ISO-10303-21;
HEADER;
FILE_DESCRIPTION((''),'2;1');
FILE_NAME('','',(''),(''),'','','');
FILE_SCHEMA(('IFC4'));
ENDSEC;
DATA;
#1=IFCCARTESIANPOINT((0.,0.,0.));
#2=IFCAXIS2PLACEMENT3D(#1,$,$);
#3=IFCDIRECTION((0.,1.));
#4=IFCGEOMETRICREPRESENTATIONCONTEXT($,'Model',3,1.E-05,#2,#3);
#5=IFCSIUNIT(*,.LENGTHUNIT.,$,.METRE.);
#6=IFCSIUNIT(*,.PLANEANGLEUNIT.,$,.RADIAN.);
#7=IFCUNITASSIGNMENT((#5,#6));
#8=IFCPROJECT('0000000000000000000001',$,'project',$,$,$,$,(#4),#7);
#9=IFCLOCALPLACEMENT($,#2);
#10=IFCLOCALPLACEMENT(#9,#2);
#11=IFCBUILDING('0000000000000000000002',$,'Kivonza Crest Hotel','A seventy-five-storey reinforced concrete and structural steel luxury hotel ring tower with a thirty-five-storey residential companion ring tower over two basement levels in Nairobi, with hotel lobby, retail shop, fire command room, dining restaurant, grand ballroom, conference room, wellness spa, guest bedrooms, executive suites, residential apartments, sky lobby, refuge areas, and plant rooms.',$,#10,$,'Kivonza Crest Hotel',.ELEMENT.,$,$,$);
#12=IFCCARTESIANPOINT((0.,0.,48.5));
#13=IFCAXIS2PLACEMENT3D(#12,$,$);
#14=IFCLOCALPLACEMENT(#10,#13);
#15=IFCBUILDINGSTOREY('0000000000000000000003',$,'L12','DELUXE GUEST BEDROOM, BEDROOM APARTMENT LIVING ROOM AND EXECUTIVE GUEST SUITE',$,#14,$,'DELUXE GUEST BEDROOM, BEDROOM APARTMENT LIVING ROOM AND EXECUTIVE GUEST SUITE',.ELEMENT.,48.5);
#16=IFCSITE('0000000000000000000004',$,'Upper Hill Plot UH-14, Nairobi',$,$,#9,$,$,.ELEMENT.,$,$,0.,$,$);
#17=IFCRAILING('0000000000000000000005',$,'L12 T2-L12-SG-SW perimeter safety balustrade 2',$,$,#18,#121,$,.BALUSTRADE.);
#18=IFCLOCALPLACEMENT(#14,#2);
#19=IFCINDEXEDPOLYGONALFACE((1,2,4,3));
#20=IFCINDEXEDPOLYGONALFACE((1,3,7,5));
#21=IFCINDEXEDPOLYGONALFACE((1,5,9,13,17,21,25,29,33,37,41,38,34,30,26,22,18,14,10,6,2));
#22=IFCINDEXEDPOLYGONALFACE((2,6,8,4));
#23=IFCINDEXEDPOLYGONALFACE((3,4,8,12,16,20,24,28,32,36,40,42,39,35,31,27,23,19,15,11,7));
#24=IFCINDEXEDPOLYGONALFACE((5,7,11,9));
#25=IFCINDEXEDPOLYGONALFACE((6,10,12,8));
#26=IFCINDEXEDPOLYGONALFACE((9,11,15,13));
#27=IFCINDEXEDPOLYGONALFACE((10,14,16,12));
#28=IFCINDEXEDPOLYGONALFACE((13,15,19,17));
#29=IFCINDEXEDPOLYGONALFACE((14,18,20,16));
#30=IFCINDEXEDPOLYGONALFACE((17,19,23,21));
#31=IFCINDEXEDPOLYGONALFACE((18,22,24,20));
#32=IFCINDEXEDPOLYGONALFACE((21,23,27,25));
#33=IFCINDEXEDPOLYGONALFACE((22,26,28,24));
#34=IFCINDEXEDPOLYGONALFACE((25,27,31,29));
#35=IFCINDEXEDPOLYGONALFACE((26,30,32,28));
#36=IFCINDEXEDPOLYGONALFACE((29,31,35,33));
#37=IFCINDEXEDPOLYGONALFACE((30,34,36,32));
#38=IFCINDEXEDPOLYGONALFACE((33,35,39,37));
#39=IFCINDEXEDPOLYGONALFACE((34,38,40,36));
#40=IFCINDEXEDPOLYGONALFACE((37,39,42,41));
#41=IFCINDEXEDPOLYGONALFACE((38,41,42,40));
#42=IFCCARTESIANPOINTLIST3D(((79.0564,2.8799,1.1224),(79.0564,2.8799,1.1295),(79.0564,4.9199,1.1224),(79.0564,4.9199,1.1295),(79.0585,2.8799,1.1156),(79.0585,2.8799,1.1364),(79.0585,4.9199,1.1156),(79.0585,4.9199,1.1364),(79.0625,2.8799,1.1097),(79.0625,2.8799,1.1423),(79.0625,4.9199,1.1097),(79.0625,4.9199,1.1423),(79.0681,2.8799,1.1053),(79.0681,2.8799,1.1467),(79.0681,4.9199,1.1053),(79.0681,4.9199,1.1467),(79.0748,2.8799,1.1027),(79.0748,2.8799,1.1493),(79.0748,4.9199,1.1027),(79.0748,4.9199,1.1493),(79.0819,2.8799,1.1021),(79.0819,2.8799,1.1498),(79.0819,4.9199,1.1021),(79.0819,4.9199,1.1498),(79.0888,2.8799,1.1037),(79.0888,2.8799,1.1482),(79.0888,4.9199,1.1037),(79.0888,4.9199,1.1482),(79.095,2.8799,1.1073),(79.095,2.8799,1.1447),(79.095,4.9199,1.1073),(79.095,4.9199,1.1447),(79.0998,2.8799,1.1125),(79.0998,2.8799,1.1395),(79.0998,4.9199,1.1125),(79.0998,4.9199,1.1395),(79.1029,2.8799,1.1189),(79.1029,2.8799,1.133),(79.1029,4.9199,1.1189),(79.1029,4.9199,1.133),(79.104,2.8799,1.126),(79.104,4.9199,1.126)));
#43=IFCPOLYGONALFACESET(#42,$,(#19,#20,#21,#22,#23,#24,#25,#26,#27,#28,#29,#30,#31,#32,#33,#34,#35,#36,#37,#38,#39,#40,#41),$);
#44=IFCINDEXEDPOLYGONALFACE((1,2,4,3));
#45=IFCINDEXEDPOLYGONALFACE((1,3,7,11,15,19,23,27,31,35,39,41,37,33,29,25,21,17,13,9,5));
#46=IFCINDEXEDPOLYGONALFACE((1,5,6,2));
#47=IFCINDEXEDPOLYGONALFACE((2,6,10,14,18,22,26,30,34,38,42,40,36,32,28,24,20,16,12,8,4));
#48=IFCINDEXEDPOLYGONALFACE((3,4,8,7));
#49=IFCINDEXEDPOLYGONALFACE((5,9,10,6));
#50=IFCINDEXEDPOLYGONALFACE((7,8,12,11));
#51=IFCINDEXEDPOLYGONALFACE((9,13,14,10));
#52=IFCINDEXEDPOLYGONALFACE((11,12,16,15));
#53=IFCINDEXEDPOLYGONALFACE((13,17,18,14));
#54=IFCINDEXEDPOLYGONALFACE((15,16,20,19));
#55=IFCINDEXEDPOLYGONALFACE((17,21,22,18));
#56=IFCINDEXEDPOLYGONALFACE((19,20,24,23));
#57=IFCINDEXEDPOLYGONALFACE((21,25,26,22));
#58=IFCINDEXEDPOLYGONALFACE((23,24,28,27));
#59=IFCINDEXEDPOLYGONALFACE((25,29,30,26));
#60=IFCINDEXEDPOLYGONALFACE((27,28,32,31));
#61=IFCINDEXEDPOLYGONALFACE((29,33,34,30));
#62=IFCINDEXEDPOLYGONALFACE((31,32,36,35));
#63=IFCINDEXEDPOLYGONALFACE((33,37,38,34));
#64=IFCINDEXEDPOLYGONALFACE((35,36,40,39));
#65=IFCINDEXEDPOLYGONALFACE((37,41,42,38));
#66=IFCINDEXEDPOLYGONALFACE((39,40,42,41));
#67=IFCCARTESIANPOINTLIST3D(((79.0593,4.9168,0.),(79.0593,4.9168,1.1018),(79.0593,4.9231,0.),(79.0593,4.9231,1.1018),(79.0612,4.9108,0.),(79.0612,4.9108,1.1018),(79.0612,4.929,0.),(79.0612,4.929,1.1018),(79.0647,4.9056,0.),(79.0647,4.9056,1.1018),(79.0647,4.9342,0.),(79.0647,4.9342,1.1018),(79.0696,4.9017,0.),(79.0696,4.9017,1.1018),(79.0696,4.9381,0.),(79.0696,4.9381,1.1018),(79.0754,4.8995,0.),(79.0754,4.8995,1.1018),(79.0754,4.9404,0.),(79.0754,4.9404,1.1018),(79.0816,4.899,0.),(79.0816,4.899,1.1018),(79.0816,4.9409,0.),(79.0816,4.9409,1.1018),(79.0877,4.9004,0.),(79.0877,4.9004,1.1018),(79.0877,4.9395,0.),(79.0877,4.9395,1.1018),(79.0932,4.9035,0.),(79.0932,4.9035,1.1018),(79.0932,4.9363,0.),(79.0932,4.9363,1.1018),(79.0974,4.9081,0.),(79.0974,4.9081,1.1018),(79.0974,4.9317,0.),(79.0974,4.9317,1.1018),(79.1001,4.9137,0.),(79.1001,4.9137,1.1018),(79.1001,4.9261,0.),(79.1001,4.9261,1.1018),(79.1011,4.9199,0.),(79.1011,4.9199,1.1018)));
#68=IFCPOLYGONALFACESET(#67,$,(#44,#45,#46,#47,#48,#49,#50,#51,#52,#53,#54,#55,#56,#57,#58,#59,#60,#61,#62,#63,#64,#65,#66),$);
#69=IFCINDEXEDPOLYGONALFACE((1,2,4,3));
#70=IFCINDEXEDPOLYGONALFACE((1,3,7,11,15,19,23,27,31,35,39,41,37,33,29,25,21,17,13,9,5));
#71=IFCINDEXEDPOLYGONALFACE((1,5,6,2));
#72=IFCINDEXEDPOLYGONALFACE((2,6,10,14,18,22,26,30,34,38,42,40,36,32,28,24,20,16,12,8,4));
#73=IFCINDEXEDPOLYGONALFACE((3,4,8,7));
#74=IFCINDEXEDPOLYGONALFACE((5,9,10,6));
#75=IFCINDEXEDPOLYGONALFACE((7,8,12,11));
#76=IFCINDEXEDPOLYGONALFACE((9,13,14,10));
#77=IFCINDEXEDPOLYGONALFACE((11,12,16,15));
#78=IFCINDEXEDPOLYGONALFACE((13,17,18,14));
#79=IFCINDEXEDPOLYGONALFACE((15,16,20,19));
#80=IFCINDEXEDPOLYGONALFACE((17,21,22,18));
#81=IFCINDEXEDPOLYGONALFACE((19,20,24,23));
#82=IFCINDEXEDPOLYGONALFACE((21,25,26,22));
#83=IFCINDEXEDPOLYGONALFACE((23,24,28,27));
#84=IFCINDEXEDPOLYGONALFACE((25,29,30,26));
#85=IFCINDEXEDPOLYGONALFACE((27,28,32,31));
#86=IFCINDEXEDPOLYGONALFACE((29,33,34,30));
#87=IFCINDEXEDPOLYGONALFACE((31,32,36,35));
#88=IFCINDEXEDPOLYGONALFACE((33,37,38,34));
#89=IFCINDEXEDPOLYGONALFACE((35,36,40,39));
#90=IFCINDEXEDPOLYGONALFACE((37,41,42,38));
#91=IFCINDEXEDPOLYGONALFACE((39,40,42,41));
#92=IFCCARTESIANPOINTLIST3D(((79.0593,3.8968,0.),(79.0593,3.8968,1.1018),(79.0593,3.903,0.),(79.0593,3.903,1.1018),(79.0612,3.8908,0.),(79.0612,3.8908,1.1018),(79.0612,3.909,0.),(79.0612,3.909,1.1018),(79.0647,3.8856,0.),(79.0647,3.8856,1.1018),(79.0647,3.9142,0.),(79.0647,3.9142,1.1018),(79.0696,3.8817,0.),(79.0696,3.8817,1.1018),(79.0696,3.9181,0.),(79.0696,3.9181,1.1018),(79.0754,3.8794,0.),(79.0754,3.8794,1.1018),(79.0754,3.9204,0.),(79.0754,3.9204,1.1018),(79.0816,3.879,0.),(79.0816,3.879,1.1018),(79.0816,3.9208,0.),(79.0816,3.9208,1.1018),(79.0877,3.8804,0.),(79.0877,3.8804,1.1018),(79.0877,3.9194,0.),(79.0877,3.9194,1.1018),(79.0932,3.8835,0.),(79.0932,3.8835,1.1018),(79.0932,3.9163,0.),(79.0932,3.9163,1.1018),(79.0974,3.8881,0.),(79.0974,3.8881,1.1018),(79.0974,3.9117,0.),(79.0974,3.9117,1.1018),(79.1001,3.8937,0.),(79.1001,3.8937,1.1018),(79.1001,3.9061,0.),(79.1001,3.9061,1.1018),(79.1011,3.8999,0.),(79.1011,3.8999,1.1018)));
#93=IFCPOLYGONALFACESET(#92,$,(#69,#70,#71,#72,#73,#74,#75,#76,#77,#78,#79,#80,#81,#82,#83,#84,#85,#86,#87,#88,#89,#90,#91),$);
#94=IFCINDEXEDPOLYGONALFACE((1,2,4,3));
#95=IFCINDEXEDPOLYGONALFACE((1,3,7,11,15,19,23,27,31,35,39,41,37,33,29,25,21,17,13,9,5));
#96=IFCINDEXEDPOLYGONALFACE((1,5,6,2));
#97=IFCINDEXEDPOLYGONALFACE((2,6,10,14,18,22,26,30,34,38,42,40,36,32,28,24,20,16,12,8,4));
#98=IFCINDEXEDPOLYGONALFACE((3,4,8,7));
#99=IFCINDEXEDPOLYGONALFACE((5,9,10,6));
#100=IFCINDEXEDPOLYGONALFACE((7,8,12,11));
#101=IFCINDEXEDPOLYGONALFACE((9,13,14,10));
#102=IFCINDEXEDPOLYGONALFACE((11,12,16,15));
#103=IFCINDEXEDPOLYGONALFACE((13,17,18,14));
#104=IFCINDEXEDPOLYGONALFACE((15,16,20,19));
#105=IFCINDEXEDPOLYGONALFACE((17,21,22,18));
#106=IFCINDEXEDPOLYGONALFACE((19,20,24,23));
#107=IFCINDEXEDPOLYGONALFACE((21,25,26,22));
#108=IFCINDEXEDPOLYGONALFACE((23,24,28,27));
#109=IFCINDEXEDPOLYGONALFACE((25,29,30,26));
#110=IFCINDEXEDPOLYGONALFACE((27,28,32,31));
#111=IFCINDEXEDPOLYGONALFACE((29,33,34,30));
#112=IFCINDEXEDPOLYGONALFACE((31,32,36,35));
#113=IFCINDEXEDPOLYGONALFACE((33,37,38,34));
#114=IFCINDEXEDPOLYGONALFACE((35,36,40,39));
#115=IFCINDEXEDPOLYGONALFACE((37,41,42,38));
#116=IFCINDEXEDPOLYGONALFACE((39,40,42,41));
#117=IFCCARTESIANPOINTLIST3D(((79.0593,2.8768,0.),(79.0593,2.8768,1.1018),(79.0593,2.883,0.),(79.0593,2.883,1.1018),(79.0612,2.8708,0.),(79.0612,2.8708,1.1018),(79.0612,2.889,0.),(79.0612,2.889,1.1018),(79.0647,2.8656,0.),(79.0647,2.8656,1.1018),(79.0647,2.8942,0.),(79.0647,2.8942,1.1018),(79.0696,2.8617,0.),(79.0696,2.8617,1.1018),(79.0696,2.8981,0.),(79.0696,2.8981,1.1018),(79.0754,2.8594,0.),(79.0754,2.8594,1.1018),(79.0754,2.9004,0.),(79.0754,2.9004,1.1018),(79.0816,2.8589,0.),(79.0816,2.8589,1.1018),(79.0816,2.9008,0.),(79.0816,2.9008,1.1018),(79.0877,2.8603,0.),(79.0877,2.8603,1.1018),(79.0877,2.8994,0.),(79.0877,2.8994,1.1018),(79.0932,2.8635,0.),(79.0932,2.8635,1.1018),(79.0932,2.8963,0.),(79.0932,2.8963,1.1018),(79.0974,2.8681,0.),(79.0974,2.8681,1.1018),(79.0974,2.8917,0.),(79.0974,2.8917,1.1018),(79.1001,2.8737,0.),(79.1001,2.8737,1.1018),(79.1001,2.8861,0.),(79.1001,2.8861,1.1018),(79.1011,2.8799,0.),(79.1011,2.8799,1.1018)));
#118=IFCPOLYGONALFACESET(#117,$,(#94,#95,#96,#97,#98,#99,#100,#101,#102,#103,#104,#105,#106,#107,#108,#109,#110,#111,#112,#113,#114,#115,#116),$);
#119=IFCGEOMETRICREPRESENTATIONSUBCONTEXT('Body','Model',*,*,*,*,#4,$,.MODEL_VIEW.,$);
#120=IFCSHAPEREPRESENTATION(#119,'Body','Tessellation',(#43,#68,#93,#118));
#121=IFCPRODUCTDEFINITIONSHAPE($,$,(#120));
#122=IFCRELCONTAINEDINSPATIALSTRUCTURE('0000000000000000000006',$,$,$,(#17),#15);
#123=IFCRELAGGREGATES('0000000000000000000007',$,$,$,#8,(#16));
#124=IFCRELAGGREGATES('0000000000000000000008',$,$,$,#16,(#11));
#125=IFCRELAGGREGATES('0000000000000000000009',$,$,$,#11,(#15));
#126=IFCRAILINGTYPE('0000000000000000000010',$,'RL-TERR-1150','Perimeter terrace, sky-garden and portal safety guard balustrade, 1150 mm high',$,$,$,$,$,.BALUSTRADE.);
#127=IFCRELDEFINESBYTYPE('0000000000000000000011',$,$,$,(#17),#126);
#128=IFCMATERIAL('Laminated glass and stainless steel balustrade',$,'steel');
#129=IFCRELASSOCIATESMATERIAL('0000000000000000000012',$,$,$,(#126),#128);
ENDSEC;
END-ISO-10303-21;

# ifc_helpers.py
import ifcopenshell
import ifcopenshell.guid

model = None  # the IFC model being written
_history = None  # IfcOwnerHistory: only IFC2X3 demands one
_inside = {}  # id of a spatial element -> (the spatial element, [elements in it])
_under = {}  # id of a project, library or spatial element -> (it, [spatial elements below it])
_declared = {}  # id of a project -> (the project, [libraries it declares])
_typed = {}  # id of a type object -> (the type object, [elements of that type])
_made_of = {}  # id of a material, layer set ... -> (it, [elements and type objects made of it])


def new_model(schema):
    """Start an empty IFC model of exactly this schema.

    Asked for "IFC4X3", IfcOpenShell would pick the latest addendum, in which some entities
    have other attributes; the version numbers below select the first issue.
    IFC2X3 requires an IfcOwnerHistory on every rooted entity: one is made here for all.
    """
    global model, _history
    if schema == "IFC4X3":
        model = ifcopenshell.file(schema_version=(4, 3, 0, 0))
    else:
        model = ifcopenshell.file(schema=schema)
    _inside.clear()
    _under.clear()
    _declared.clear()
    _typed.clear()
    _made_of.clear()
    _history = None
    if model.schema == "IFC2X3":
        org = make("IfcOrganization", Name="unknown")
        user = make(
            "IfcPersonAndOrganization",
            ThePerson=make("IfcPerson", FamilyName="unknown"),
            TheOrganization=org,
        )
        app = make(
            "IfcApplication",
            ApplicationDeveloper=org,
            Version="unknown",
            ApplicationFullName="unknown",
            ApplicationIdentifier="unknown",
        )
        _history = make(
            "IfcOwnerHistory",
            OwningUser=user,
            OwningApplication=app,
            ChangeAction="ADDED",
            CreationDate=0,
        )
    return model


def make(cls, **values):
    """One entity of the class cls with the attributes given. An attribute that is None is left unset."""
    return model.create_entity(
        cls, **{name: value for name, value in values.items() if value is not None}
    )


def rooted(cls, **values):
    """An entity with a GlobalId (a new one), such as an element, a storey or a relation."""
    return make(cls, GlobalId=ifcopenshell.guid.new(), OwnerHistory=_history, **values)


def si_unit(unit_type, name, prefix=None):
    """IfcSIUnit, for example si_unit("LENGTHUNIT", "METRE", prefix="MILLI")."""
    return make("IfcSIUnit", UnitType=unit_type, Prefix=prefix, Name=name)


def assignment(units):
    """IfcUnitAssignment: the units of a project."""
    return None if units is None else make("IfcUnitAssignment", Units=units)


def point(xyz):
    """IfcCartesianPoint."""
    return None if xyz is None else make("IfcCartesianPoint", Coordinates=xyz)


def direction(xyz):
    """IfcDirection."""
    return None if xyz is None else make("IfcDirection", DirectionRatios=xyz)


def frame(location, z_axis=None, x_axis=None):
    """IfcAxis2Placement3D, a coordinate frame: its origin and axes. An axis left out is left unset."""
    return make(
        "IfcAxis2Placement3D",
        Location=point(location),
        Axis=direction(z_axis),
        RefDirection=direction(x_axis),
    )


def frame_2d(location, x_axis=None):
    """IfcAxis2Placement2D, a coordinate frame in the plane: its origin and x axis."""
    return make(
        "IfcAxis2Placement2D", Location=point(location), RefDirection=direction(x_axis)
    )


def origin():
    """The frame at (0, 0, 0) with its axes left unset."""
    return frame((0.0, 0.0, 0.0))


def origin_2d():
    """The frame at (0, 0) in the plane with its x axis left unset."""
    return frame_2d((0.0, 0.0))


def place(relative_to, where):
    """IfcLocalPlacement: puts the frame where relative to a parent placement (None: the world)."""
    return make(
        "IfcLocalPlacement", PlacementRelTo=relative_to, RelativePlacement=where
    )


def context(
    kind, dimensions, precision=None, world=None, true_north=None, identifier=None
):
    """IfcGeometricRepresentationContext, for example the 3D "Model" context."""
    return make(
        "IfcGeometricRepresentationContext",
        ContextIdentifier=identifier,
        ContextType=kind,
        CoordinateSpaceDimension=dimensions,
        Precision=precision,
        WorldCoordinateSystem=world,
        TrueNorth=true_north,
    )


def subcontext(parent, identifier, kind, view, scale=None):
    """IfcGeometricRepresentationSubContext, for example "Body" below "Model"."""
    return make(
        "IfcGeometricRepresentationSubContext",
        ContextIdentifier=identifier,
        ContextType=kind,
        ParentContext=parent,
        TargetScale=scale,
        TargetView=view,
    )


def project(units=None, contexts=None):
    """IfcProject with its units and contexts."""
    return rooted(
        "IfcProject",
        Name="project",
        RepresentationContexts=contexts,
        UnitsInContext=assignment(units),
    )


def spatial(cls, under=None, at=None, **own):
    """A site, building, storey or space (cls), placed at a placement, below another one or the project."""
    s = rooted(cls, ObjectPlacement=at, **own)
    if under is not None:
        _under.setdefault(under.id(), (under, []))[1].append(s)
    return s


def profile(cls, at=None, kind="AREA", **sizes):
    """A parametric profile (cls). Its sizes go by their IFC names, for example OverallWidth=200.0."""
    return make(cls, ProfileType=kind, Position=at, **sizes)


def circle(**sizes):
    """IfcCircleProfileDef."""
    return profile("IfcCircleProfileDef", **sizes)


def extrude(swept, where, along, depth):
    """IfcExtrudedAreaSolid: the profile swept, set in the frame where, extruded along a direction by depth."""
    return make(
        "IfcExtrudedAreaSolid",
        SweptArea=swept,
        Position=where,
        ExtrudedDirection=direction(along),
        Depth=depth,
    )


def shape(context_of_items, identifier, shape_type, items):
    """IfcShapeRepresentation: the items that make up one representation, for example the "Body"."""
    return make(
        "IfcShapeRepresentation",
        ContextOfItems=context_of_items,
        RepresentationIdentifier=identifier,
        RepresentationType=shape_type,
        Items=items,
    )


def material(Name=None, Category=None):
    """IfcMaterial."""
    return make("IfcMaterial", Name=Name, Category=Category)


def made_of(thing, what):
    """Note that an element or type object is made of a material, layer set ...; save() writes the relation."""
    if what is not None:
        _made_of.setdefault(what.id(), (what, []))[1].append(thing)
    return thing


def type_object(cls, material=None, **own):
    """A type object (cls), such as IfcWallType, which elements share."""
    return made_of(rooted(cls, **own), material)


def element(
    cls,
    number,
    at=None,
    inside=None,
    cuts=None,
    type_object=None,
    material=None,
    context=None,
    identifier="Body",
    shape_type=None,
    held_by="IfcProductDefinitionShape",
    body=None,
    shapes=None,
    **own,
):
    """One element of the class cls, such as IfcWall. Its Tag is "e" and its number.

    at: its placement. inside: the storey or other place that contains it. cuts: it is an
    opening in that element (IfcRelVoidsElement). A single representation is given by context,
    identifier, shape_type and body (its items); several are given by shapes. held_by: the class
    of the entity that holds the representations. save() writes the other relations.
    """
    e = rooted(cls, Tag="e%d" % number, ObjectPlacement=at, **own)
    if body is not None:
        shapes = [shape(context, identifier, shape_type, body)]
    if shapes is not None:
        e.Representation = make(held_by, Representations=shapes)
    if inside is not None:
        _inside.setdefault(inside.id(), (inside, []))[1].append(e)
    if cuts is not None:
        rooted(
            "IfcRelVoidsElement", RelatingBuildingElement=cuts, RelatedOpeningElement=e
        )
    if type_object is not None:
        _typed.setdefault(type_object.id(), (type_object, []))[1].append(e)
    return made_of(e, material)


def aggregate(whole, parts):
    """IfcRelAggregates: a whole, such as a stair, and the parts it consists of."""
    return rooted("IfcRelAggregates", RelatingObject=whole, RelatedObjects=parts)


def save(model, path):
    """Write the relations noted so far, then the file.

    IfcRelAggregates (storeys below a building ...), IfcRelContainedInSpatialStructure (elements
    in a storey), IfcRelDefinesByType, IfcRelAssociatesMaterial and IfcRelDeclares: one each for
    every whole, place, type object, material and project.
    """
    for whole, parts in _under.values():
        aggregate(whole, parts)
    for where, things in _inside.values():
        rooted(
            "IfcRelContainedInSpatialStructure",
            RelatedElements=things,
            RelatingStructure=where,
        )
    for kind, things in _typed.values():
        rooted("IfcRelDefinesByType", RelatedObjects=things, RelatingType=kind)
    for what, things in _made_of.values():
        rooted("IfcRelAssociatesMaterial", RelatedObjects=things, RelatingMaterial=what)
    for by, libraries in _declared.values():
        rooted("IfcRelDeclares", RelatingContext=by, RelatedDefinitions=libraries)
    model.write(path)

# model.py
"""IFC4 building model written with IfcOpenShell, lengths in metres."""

from ifc_helpers import new_model, si_unit, direction, frame, origin, origin_2d, place, context, subcontext, project, spatial, circle, extrude, material, type_object, element, save


model = new_model("IFC4")

# Units and contexts
model_context = context("Model", 3, precision=1e-05, world=origin(), true_north=direction((0.0, 1.0)))
body_context = subcontext(model_context, "Body", "Model", "MODEL_VIEW")
ifc_project = project(units=[si_unit("LENGTHUNIT", "METRE"), si_unit("PLANEANGLEUNIT", "RADIAN")], contexts=[model_context])

# Site, building, storey
site_placement = place(None, origin())
site = spatial("IfcSite", under=ifc_project, at=site_placement, Name="Upper Hill Plot UH-14, Nairobi", CompositionType="ELEMENT", RefElevation=0.0)
building_placement = place(site_placement, origin())
building = spatial("IfcBuilding", under=site, at=building_placement, Name="Kivonza Crest Hotel", Description="A seventy-five-storey reinforced concrete and structural steel luxury hotel ring tower with a thirty-five-storey residential companion ring tower over two basement levels in Nairobi, with hotel lobby, retail shop, fire command room, dining restaurant, grand ballroom, conference room, wellness spa, guest bedrooms, executive suites, residential apartments, sky lobby, refuge areas, and plant rooms.", LongName="Kivonza Crest Hotel", CompositionType="ELEMENT")
storey_placement = place(building_placement, frame((0.0, 0.0, 48.5)))
storey = spatial("IfcBuildingStorey", under=building, at=storey_placement, Name="L12", Description="DELUXE GUEST BEDROOM, BEDROOM APARTMENT LIVING ROOM AND EXECUTIVE GUEST SUITE", LongName="DELUXE GUEST BEDROOM, BEDROOM APARTMENT LIVING ROOM AND EXECUTIVE GUEST SUITE", CompositionType="ELEMENT", Elevation=48.5)

# Railing
ifc_material_1 = material(Name="Laminated glass and stainless steel balustrade", Category="steel")
railing_type = type_object("IfcRailingType", Name="RL-TERR-1150", Description="Perimeter terrace, sky-garden and portal safety guard balustrade, 1150 mm high", PredefinedType="BALUSTRADE", material=ifc_material_1)
railing_1_placement = place(storey_placement, frame((79.0801, 4.9199, 0.0)))
element("IfcRailing", 1, at=railing_1_placement, inside=storey, type_object=railing_type, Name="L12 T2-L12-SG-SW perimeter safety balustrade 2", PredefinedType="BALUSTRADE", context=body_context, shape_type="SweptSolid", body=[
    extrude(circle(Radius=0.0239, at=origin_2d()), frame((0.0, 0.0, 1.126), z_axis=(0.0, -1.0, 0.0), x_axis=(1.0, 0.0, 0.0)), (0.0, 0.0, 1.0), 2.04),
    extrude(circle(Radius=0.021, at=origin_2d()), origin(), (0.0, 0.0, 1.0), 1.1018),
    extrude(circle(Radius=0.021, at=origin_2d()), frame((0.0, -1.02, 0.0)), (0.0, 0.0, 1.0), 1.1018),
    extrude(circle(Radius=0.021, at=origin_2d()), frame((0.0, -2.04, 0.0)), (0.0, 0.0, 1.0), 1.1018),
])

save(model, "model.ifc")
